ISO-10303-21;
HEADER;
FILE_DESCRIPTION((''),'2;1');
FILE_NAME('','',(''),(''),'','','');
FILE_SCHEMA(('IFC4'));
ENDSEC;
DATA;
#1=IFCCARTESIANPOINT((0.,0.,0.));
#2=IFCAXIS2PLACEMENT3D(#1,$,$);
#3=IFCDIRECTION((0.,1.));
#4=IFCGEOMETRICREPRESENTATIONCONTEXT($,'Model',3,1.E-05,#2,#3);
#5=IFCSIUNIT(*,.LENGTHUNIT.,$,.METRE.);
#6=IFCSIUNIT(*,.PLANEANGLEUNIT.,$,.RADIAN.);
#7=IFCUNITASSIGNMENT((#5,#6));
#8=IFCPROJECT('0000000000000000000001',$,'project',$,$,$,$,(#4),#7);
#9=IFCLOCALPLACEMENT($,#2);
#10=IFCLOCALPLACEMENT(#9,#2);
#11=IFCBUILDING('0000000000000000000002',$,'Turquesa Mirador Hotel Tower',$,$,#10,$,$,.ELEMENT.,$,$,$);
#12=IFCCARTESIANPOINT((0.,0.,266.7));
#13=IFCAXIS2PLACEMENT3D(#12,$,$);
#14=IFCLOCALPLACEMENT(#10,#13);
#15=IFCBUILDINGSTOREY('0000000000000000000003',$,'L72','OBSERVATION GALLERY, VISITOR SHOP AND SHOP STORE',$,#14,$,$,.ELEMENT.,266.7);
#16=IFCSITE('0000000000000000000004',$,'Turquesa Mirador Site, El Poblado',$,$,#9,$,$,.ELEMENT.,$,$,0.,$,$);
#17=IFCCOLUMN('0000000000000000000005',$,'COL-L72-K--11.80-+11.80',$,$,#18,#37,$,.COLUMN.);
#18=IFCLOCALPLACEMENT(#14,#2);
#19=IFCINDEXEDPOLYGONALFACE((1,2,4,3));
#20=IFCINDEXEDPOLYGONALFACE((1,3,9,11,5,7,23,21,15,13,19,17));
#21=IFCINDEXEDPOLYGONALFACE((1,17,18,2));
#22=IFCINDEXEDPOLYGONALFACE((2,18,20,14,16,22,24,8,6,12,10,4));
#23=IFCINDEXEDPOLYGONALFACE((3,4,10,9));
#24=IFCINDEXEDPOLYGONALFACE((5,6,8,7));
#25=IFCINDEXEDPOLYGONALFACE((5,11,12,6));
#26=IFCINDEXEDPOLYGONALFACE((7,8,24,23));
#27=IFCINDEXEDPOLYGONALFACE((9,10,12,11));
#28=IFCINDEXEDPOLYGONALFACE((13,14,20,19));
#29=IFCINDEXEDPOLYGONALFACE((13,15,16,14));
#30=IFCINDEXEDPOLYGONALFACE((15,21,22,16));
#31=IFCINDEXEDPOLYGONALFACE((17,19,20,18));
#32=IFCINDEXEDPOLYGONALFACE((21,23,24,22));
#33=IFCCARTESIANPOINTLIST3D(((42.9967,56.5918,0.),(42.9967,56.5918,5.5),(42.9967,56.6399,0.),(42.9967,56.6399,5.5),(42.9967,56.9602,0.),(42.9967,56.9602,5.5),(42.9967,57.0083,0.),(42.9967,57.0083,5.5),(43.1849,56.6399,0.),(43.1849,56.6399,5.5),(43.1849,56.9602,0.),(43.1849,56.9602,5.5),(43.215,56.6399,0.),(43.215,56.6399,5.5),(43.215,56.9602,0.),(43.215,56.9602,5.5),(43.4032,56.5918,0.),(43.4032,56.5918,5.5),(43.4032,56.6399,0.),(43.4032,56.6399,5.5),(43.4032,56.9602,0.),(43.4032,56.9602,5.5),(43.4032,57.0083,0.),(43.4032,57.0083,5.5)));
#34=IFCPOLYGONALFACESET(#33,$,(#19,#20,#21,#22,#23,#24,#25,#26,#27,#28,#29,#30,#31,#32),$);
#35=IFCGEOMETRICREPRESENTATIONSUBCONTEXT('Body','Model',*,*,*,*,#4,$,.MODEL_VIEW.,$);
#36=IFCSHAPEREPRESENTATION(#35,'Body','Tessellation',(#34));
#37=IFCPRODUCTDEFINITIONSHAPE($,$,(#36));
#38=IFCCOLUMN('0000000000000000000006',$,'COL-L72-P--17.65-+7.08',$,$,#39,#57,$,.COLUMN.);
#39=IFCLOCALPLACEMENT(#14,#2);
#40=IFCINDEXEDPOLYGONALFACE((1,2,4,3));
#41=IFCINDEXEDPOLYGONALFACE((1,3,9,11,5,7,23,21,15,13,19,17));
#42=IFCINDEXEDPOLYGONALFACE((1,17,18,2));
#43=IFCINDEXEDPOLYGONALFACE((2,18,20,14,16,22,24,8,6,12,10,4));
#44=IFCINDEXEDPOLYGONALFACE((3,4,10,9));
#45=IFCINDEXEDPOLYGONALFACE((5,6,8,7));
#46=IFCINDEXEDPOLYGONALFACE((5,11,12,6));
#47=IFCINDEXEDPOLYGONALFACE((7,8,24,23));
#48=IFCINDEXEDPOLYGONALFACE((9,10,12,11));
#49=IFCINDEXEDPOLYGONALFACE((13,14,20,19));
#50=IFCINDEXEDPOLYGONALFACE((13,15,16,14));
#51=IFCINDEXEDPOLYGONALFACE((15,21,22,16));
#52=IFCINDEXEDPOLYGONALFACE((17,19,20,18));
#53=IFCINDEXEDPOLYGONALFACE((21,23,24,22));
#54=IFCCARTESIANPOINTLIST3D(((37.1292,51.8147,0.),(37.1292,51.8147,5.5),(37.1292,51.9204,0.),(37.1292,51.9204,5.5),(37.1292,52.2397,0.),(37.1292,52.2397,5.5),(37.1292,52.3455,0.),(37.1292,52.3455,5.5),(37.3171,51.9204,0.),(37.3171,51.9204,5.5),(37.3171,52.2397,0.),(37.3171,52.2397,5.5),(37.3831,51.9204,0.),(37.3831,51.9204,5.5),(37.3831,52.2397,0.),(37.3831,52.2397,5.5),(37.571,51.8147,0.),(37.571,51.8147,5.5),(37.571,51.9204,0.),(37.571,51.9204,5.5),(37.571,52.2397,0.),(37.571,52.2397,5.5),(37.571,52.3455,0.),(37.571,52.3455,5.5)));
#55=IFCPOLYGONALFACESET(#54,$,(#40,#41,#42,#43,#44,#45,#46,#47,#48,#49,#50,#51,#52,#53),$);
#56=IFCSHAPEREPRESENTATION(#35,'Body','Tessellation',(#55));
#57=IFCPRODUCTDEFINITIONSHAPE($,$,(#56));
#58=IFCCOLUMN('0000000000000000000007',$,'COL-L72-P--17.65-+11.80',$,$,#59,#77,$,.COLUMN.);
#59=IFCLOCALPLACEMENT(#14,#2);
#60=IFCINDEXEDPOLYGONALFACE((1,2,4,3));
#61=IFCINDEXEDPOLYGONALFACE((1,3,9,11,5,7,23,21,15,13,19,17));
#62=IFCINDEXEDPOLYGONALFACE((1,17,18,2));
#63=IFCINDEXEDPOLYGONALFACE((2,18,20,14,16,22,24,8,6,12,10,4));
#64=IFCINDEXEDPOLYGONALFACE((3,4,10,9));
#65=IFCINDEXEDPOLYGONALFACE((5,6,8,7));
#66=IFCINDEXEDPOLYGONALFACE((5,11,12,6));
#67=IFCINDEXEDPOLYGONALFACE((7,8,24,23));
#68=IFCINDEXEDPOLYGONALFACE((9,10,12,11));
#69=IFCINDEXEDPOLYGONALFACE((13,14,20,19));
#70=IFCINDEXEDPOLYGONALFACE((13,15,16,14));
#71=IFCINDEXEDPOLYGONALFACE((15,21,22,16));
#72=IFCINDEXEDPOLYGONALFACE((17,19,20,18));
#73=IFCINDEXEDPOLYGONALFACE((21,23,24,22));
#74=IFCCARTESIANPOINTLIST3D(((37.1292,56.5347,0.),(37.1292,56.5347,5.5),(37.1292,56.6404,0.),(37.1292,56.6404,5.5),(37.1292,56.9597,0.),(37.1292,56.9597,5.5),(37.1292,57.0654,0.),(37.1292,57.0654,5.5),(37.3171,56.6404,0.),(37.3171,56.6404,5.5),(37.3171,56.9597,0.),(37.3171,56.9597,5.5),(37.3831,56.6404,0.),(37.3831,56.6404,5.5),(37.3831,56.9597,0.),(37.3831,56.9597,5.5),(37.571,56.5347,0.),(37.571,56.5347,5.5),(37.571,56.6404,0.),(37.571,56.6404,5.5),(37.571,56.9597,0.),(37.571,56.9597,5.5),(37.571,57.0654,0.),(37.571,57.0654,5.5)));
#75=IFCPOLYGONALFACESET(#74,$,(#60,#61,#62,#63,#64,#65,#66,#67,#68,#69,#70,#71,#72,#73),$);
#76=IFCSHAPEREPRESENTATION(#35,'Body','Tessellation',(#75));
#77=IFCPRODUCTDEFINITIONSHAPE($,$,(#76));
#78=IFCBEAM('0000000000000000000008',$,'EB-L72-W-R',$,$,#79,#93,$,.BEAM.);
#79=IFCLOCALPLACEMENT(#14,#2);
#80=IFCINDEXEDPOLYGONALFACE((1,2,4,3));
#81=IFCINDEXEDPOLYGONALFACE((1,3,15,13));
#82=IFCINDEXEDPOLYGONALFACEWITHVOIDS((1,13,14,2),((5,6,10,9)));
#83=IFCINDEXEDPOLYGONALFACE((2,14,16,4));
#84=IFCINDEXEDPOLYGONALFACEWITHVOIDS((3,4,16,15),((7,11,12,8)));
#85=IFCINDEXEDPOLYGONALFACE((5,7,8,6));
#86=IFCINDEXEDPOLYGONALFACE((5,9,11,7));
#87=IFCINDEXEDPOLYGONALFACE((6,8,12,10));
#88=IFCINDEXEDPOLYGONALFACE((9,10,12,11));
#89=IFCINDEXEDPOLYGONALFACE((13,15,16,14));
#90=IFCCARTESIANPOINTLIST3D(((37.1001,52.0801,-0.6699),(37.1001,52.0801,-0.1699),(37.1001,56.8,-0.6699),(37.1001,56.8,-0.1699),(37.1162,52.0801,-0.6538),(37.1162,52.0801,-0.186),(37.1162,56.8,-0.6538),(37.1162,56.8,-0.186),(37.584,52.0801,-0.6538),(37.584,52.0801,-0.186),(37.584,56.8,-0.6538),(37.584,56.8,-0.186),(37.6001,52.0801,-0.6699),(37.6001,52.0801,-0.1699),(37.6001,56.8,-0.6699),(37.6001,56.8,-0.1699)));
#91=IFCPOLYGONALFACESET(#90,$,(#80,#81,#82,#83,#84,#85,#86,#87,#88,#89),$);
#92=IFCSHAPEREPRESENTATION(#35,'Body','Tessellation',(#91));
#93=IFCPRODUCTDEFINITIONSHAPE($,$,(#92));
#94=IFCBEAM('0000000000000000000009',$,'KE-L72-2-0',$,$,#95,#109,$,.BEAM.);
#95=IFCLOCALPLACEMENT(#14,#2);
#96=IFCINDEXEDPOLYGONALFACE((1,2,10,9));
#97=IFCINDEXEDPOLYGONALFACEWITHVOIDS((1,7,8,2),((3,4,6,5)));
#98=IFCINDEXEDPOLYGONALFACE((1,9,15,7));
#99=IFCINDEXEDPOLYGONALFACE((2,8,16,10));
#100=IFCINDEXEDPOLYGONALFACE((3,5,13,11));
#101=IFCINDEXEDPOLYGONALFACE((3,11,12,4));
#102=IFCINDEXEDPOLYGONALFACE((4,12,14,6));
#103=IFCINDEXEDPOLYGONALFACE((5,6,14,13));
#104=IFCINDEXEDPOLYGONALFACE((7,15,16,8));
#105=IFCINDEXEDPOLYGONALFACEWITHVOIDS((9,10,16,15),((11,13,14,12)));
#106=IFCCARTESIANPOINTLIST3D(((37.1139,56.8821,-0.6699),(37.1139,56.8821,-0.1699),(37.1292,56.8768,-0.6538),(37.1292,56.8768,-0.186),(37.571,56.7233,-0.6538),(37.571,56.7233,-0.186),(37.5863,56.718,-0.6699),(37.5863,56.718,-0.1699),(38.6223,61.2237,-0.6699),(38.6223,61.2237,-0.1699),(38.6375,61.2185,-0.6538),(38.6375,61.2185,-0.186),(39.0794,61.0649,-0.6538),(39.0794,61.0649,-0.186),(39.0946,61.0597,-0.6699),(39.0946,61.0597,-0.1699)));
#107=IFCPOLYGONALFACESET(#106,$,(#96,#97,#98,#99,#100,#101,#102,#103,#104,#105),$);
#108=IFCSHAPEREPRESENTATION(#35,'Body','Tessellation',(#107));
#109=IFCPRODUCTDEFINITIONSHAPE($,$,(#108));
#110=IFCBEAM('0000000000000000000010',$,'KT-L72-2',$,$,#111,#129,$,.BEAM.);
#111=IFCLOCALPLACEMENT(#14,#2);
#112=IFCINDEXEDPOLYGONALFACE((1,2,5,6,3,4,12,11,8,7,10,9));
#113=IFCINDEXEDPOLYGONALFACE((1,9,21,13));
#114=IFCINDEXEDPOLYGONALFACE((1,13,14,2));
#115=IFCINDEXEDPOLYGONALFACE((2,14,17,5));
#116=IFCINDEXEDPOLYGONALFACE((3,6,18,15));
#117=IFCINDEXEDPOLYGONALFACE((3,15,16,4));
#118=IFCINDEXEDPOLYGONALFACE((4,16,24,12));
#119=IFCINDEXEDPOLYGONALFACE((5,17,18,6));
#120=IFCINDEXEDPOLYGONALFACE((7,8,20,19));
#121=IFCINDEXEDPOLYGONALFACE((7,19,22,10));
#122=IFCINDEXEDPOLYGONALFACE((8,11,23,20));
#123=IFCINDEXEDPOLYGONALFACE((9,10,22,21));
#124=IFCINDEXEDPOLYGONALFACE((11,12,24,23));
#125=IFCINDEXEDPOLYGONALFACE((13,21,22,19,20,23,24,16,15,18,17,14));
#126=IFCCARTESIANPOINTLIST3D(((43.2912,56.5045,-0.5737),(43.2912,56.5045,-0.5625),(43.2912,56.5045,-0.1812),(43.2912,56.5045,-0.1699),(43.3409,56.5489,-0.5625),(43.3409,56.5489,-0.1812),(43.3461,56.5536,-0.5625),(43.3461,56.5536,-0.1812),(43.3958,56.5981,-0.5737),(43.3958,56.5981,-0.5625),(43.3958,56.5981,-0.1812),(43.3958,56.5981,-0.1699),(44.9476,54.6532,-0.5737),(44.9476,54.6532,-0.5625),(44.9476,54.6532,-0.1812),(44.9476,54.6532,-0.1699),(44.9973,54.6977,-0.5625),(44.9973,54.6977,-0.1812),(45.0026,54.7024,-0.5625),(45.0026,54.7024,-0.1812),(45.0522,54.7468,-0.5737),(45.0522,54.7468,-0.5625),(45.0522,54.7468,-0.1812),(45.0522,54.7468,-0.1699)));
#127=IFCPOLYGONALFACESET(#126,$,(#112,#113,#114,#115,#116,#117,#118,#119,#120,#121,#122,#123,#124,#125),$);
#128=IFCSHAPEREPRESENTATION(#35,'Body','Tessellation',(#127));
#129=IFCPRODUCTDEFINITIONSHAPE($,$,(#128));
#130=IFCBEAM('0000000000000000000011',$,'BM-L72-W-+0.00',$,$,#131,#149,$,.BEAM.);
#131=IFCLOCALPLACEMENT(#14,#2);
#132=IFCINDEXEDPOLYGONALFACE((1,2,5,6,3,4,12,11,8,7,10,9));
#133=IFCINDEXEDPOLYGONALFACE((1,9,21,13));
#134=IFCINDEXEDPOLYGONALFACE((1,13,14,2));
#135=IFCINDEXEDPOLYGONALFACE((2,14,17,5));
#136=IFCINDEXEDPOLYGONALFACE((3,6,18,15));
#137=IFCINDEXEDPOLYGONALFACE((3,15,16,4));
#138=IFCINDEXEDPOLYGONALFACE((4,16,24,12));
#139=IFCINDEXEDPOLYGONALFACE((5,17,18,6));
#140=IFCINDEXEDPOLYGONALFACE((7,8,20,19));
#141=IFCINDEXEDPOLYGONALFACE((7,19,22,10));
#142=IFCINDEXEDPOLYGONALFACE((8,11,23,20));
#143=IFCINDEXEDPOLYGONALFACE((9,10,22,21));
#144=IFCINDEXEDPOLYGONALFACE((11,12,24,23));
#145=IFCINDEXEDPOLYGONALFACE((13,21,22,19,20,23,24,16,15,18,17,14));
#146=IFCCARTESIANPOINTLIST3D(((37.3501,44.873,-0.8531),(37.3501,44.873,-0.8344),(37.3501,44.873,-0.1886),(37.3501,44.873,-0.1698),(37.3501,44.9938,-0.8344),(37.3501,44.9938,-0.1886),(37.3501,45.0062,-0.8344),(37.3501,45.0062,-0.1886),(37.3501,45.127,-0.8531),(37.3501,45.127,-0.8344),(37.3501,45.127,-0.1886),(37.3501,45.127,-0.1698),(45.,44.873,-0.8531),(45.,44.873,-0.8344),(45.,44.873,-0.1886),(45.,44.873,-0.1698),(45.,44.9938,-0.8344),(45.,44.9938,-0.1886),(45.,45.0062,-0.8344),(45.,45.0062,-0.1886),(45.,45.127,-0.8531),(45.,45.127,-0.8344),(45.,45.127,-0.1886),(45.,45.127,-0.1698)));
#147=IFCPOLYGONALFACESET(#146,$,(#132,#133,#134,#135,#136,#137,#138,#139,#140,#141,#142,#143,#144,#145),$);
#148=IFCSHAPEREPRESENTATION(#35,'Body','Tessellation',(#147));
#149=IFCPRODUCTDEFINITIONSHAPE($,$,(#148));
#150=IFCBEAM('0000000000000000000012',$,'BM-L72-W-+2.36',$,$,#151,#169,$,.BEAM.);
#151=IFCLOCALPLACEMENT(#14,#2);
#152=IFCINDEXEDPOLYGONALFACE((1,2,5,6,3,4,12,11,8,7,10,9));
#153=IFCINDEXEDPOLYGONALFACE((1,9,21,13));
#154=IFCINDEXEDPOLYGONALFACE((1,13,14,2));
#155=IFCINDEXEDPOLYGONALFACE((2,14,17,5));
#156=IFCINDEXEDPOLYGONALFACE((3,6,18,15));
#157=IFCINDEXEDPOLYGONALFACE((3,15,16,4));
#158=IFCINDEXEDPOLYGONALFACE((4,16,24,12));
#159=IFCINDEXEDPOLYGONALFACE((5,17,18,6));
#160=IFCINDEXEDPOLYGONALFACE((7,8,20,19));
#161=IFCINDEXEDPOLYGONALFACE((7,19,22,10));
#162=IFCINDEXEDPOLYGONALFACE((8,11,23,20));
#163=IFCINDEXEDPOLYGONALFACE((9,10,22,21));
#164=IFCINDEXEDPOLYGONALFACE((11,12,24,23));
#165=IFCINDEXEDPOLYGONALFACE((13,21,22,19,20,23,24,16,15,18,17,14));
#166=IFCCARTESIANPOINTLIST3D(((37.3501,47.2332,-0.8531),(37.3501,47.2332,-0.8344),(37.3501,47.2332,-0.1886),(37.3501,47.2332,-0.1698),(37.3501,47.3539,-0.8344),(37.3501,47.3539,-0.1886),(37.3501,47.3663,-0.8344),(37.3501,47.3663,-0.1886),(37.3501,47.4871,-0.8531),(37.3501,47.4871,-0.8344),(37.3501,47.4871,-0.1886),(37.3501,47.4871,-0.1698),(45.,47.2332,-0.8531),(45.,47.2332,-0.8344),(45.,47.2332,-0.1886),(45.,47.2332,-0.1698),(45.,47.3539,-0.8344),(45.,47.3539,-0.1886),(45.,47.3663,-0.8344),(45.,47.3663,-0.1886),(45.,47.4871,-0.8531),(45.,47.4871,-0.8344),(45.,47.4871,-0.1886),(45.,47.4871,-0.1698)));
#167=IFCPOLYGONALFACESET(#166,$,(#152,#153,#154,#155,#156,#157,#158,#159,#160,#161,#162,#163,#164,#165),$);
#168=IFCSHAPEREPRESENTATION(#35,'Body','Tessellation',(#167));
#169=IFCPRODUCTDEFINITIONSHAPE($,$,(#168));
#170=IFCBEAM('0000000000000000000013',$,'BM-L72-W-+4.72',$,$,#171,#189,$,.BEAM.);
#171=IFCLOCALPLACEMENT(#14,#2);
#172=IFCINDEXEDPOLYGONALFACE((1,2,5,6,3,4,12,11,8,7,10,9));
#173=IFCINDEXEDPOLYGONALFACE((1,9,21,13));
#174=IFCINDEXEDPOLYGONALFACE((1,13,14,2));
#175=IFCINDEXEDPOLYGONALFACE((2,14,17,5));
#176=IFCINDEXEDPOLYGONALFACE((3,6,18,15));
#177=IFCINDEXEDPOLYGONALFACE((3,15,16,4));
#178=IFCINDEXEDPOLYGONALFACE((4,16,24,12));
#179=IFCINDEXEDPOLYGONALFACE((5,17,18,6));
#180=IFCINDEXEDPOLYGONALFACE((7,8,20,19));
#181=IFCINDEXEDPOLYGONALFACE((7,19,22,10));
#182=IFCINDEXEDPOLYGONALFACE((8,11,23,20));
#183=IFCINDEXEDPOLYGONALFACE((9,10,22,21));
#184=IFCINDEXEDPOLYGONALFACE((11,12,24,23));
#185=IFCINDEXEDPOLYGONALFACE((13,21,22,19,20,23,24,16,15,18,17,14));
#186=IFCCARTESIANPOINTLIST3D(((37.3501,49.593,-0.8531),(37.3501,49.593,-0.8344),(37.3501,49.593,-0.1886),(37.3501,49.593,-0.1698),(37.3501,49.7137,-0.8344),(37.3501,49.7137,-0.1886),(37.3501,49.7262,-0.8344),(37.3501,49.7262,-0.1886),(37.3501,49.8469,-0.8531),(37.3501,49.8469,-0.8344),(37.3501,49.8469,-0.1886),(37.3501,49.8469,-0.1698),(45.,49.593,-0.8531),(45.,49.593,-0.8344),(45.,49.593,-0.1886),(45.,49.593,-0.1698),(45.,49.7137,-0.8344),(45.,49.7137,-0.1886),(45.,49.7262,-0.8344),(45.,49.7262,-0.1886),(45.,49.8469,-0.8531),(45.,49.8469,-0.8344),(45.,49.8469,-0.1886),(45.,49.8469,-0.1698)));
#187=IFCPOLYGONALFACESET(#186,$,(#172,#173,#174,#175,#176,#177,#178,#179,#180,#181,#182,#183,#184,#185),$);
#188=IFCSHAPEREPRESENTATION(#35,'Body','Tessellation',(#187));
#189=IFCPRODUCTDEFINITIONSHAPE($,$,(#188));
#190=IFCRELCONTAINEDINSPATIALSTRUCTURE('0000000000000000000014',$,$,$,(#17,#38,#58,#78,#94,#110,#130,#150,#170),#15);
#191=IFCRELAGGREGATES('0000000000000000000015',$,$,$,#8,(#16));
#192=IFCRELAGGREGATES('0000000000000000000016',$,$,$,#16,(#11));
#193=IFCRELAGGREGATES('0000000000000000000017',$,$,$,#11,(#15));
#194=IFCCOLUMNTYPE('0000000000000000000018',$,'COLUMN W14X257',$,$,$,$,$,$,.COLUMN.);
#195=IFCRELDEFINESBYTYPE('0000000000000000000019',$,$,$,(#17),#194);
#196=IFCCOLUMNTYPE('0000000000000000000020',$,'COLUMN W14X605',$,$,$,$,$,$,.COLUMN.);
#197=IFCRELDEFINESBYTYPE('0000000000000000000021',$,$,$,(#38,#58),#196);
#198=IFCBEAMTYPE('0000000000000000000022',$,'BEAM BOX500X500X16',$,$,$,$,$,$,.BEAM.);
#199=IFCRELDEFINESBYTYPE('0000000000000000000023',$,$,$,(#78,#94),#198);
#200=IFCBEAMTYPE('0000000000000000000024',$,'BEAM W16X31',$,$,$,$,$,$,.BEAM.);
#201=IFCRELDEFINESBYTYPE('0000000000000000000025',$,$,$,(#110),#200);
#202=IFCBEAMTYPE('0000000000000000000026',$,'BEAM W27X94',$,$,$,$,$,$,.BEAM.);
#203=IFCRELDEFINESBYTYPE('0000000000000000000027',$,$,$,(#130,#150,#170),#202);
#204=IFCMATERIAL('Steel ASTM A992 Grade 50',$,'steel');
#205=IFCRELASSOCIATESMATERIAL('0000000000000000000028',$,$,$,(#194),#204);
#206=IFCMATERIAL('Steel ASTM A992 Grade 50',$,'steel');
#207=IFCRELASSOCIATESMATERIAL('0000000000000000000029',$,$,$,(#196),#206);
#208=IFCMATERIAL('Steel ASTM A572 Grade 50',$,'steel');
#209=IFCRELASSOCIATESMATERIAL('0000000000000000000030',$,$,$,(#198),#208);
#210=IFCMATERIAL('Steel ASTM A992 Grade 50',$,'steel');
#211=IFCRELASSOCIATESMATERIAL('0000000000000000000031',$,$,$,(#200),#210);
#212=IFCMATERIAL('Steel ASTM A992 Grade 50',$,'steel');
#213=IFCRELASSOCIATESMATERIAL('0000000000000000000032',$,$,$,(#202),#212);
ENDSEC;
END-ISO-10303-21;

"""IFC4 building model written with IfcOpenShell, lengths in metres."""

from ifc_helpers import new_model, si_unit, direction, frame, origin, origin_2d, place, context, subcontext, project, spatial, hollow_rectangle, i_section, extrude, material, material_profile, profile_set, type_object, element, save


model = new_model("IFC4")

# Units and contexts
model_context = context("Model", 3, precision=1e-05, world=origin(), true_north=direction((0.0, 1.0)))
body_context = subcontext(model_context, "Body", "Model", "MODEL_VIEW")
ifc_project = project(units=[si_unit("LENGTHUNIT", "METRE"), si_unit("PLANEANGLEUNIT", "RADIAN")], contexts=[model_context])

# Site, building, storey
site_placement = place(None, origin())
site = spatial("IfcSite", under=ifc_project, at=site_placement, Name="Turquesa Mirador Site, El Poblado", CompositionType="ELEMENT", RefElevation=0.0)
building_placement = place(site_placement, origin())
building = spatial("IfcBuilding", under=site, at=building_placement, Name="Turquesa Mirador Hotel Tower", CompositionType="ELEMENT")
storey_placement = place(building_placement, frame((0.0, 0.0, 266.7)))
storey = spatial("IfcBuildingStorey", under=building, at=storey_placement, Name="L72", Description="OBSERVATION GALLERY, VISITOR SHOP AND SHOP STORE", CompositionType="ELEMENT", Elevation=266.7)

# Columns
ifc_material_1 = material(Name="Steel ASTM A992 Grade 50", Category="steel")
ifc_material_profile_1 = material_profile(ifc_material_1, i_section(OverallWidth=0.4065, OverallDepth=0.4165, WebThickness=0.03, FlangeThickness=0.0481, at=origin_2d()), Name="W14X257")
ifc_profile_set_1 = profile_set([ifc_material_profile_1], Name="Steel ASTM A992 Grade 50")
column_type_1 = type_object("IfcColumnType", Name="COLUMN W14X257", PredefinedType="COLUMN", material=ifc_profile_set_1)
column_placement = place(storey_placement, frame((43.2, 56.8, 0.0), z_axis=(0.0, 0.0, 1.0), x_axis=(1.0, 0.0, 0.0)))
element("IfcColumn", 1, at=column_placement, inside=storey, type_object=column_type_1, Name="COL-L72-K--11.80-+11.80", PredefinedType="COLUMN", context=body_context, shape_type="SweptSolid", body=[
    extrude(i_section(OverallWidth=0.4065, OverallDepth=0.4165, WebThickness=0.03, FlangeThickness=0.0481, at=origin_2d()), origin(), (0.0, 0.0, 1.0), 5.5),
])
ifc_material_2 = material(Name="Steel ASTM A992 Grade 50", Category="steel")
ifc_material_profile_2 = material_profile(ifc_material_2, i_section(OverallWidth=0.4419, OverallDepth=0.5308, WebThickness=0.0659, FlangeThickness=0.1057, at=origin_2d()), Name="W14X605")
ifc_profile_set_2 = profile_set([ifc_material_profile_2], Name="Steel ASTM A992 Grade 50")
column_type_2 = type_object("IfcColumnType", Name="COLUMN W14X605", PredefinedType="COLUMN", material=ifc_profile_set_2)
for number, where, z_axis, x_axis, name in (
    (2, (37.3501, 52.0801, 0.0), (0.0, 0.0, 1.0), (1.0, 0.0, 0.0), "COL-L72-P--17.65-+7.08"),
    (3, (37.3501, 56.8, 0.0), (0.0, 0.0, 1.0), (1.0, 0.0, 0.0), "COL-L72-P--17.65-+11.80"),
):
    element("IfcColumn", number, at=place(storey_placement, frame(where, z_axis=z_axis, x_axis=x_axis)), inside=storey, type_object=column_type_2, Name=name, PredefinedType="COLUMN", context=body_context, shape_type="SweptSolid", body=[
        extrude(i_section(OverallWidth=0.4419, OverallDepth=0.5308, WebThickness=0.0659, FlangeThickness=0.1057, at=origin_2d()), origin(), (0.0, 0.0, 1.0), 5.5),
    ])

# Beams
ifc_material_3 = material(Name="Steel ASTM A572 Grade 50", Category="steel")
ifc_material_profile_3 = material_profile(ifc_material_3, hollow_rectangle(XDim=0.5, YDim=0.5, WallThickness=0.0161, at=origin_2d()), Name="BOX500X500X16")
ifc_profile_set_3 = profile_set([ifc_material_profile_3], Name="Steel ASTM A572 Grade 50")
beam_type_1 = type_object("IfcBeamType", Name="BEAM BOX500X500X16", PredefinedType="BEAM", material=ifc_profile_set_3)
beam_1_placement = place(storey_placement, frame((37.3501, 52.0801, -0.4199), z_axis=(0.0, 1.0, 0.0), x_axis=(-1.0, 0.0, 0.0)))
element("IfcBeam", 4, at=beam_1_placement, inside=storey, type_object=beam_type_1, Name="EB-L72-W-R", PredefinedType="BEAM", context=body_context, shape_type="SweptSolid", body=[
    extrude(hollow_rectangle(XDim=0.5, YDim=0.5, WallThickness=0.0161, at=origin_2d()), origin(), (0.0, 0.0, 1.0), 4.72),
])
beam_2_placement = place(storey_placement, frame((37.3501, 56.8, -0.4199), z_axis=(0.32817, 0.944619, 0.0), x_axis=(-0.944619, 0.32817, 0.0)))
element("IfcBeam", 5, at=beam_2_placement, inside=storey, type_object=beam_type_1, Name="KE-L72-2-0", PredefinedType="BEAM", context=body_context, shape_type="SweptSolid", body=[
    extrude(hollow_rectangle(XDim=0.5, YDim=0.5, WallThickness=0.0161, at=origin_2d()), origin(), (0.0, 0.0, 1.0), 4.5962),
])
ifc_material_4 = material(Name="Steel ASTM A992 Grade 50", Category="steel")
ifc_material_profile_4 = material_profile(ifc_material_4, i_section(OverallWidth=0.1404, OverallDepth=0.4038, WebThickness=0.0071, FlangeThickness=0.0112, at=origin_2d()), Name="W16X31")
ifc_profile_set_4 = profile_set([ifc_material_profile_4], Name="Steel ASTM A992 Grade 50")
beam_type_2 = type_object("IfcBeamType", Name="BEAM W16X31", PredefinedType="BEAM", material=ifc_profile_set_4)
beam_3_placement = place(storey_placement, frame((43.3435, 56.5513, -0.3718), z_axis=(0.666806, -0.745231, 0.0), x_axis=(0.745231, 0.666806, 0.0)))
element("IfcBeam", 6, at=beam_3_placement, inside=storey, type_object=beam_type_2, Name="KT-L72-2", PredefinedType="BEAM", context=body_context, shape_type="SweptSolid", body=[
    extrude(i_section(OverallWidth=0.1404, OverallDepth=0.4038, WebThickness=0.0071, FlangeThickness=0.0112, at=origin_2d()), origin(), (0.0, 0.0, 1.0), 2.4841),
])
ifc_material_5 = material(Name="Steel ASTM A992 Grade 50", Category="steel")
ifc_material_profile_5 = material_profile(ifc_material_5, i_section(OverallWidth=0.2539, OverallDepth=0.6833, WebThickness=0.0125, FlangeThickness=0.0188, at=origin_2d()), Name="W27X94")
ifc_profile_set_5 = profile_set([ifc_material_profile_5], Name="Steel ASTM A992 Grade 50")
beam_type_3 = type_object("IfcBeamType", Name="BEAM W27X94", PredefinedType="BEAM", material=ifc_profile_set_5)
for number, where, z_axis, x_axis, name in (
    (7, (37.3501, 45.0, -0.5115), (1.0, 0.0, 0.0), (0.0, 1.0, 0.0), "BM-L72-W-+0.00"),
    (8, (37.3501, 47.3601, -0.5115), (1.0, 0.0, 0.0), (0.0, 1.0, 0.0), "BM-L72-W-+2.36"),
    (9, (37.3501, 49.72, -0.5115), (1.0, 0.0, 0.0), (0.0, 1.0, 0.0), "BM-L72-W-+4.72"),
):
    element("IfcBeam", number, at=place(storey_placement, frame(where, z_axis=z_axis, x_axis=x_axis)), inside=storey, type_object=beam_type_3, Name=name, PredefinedType="BEAM", context=body_context, shape_type="SweptSolid", body=[
        extrude(i_section(OverallWidth=0.2539, OverallDepth=0.6833, WebThickness=0.0125, FlangeThickness=0.0188, at=origin_2d()), origin(), (0.0, 0.0, 1.0), 7.6499),
    ])

save(model, "model.ifc")
